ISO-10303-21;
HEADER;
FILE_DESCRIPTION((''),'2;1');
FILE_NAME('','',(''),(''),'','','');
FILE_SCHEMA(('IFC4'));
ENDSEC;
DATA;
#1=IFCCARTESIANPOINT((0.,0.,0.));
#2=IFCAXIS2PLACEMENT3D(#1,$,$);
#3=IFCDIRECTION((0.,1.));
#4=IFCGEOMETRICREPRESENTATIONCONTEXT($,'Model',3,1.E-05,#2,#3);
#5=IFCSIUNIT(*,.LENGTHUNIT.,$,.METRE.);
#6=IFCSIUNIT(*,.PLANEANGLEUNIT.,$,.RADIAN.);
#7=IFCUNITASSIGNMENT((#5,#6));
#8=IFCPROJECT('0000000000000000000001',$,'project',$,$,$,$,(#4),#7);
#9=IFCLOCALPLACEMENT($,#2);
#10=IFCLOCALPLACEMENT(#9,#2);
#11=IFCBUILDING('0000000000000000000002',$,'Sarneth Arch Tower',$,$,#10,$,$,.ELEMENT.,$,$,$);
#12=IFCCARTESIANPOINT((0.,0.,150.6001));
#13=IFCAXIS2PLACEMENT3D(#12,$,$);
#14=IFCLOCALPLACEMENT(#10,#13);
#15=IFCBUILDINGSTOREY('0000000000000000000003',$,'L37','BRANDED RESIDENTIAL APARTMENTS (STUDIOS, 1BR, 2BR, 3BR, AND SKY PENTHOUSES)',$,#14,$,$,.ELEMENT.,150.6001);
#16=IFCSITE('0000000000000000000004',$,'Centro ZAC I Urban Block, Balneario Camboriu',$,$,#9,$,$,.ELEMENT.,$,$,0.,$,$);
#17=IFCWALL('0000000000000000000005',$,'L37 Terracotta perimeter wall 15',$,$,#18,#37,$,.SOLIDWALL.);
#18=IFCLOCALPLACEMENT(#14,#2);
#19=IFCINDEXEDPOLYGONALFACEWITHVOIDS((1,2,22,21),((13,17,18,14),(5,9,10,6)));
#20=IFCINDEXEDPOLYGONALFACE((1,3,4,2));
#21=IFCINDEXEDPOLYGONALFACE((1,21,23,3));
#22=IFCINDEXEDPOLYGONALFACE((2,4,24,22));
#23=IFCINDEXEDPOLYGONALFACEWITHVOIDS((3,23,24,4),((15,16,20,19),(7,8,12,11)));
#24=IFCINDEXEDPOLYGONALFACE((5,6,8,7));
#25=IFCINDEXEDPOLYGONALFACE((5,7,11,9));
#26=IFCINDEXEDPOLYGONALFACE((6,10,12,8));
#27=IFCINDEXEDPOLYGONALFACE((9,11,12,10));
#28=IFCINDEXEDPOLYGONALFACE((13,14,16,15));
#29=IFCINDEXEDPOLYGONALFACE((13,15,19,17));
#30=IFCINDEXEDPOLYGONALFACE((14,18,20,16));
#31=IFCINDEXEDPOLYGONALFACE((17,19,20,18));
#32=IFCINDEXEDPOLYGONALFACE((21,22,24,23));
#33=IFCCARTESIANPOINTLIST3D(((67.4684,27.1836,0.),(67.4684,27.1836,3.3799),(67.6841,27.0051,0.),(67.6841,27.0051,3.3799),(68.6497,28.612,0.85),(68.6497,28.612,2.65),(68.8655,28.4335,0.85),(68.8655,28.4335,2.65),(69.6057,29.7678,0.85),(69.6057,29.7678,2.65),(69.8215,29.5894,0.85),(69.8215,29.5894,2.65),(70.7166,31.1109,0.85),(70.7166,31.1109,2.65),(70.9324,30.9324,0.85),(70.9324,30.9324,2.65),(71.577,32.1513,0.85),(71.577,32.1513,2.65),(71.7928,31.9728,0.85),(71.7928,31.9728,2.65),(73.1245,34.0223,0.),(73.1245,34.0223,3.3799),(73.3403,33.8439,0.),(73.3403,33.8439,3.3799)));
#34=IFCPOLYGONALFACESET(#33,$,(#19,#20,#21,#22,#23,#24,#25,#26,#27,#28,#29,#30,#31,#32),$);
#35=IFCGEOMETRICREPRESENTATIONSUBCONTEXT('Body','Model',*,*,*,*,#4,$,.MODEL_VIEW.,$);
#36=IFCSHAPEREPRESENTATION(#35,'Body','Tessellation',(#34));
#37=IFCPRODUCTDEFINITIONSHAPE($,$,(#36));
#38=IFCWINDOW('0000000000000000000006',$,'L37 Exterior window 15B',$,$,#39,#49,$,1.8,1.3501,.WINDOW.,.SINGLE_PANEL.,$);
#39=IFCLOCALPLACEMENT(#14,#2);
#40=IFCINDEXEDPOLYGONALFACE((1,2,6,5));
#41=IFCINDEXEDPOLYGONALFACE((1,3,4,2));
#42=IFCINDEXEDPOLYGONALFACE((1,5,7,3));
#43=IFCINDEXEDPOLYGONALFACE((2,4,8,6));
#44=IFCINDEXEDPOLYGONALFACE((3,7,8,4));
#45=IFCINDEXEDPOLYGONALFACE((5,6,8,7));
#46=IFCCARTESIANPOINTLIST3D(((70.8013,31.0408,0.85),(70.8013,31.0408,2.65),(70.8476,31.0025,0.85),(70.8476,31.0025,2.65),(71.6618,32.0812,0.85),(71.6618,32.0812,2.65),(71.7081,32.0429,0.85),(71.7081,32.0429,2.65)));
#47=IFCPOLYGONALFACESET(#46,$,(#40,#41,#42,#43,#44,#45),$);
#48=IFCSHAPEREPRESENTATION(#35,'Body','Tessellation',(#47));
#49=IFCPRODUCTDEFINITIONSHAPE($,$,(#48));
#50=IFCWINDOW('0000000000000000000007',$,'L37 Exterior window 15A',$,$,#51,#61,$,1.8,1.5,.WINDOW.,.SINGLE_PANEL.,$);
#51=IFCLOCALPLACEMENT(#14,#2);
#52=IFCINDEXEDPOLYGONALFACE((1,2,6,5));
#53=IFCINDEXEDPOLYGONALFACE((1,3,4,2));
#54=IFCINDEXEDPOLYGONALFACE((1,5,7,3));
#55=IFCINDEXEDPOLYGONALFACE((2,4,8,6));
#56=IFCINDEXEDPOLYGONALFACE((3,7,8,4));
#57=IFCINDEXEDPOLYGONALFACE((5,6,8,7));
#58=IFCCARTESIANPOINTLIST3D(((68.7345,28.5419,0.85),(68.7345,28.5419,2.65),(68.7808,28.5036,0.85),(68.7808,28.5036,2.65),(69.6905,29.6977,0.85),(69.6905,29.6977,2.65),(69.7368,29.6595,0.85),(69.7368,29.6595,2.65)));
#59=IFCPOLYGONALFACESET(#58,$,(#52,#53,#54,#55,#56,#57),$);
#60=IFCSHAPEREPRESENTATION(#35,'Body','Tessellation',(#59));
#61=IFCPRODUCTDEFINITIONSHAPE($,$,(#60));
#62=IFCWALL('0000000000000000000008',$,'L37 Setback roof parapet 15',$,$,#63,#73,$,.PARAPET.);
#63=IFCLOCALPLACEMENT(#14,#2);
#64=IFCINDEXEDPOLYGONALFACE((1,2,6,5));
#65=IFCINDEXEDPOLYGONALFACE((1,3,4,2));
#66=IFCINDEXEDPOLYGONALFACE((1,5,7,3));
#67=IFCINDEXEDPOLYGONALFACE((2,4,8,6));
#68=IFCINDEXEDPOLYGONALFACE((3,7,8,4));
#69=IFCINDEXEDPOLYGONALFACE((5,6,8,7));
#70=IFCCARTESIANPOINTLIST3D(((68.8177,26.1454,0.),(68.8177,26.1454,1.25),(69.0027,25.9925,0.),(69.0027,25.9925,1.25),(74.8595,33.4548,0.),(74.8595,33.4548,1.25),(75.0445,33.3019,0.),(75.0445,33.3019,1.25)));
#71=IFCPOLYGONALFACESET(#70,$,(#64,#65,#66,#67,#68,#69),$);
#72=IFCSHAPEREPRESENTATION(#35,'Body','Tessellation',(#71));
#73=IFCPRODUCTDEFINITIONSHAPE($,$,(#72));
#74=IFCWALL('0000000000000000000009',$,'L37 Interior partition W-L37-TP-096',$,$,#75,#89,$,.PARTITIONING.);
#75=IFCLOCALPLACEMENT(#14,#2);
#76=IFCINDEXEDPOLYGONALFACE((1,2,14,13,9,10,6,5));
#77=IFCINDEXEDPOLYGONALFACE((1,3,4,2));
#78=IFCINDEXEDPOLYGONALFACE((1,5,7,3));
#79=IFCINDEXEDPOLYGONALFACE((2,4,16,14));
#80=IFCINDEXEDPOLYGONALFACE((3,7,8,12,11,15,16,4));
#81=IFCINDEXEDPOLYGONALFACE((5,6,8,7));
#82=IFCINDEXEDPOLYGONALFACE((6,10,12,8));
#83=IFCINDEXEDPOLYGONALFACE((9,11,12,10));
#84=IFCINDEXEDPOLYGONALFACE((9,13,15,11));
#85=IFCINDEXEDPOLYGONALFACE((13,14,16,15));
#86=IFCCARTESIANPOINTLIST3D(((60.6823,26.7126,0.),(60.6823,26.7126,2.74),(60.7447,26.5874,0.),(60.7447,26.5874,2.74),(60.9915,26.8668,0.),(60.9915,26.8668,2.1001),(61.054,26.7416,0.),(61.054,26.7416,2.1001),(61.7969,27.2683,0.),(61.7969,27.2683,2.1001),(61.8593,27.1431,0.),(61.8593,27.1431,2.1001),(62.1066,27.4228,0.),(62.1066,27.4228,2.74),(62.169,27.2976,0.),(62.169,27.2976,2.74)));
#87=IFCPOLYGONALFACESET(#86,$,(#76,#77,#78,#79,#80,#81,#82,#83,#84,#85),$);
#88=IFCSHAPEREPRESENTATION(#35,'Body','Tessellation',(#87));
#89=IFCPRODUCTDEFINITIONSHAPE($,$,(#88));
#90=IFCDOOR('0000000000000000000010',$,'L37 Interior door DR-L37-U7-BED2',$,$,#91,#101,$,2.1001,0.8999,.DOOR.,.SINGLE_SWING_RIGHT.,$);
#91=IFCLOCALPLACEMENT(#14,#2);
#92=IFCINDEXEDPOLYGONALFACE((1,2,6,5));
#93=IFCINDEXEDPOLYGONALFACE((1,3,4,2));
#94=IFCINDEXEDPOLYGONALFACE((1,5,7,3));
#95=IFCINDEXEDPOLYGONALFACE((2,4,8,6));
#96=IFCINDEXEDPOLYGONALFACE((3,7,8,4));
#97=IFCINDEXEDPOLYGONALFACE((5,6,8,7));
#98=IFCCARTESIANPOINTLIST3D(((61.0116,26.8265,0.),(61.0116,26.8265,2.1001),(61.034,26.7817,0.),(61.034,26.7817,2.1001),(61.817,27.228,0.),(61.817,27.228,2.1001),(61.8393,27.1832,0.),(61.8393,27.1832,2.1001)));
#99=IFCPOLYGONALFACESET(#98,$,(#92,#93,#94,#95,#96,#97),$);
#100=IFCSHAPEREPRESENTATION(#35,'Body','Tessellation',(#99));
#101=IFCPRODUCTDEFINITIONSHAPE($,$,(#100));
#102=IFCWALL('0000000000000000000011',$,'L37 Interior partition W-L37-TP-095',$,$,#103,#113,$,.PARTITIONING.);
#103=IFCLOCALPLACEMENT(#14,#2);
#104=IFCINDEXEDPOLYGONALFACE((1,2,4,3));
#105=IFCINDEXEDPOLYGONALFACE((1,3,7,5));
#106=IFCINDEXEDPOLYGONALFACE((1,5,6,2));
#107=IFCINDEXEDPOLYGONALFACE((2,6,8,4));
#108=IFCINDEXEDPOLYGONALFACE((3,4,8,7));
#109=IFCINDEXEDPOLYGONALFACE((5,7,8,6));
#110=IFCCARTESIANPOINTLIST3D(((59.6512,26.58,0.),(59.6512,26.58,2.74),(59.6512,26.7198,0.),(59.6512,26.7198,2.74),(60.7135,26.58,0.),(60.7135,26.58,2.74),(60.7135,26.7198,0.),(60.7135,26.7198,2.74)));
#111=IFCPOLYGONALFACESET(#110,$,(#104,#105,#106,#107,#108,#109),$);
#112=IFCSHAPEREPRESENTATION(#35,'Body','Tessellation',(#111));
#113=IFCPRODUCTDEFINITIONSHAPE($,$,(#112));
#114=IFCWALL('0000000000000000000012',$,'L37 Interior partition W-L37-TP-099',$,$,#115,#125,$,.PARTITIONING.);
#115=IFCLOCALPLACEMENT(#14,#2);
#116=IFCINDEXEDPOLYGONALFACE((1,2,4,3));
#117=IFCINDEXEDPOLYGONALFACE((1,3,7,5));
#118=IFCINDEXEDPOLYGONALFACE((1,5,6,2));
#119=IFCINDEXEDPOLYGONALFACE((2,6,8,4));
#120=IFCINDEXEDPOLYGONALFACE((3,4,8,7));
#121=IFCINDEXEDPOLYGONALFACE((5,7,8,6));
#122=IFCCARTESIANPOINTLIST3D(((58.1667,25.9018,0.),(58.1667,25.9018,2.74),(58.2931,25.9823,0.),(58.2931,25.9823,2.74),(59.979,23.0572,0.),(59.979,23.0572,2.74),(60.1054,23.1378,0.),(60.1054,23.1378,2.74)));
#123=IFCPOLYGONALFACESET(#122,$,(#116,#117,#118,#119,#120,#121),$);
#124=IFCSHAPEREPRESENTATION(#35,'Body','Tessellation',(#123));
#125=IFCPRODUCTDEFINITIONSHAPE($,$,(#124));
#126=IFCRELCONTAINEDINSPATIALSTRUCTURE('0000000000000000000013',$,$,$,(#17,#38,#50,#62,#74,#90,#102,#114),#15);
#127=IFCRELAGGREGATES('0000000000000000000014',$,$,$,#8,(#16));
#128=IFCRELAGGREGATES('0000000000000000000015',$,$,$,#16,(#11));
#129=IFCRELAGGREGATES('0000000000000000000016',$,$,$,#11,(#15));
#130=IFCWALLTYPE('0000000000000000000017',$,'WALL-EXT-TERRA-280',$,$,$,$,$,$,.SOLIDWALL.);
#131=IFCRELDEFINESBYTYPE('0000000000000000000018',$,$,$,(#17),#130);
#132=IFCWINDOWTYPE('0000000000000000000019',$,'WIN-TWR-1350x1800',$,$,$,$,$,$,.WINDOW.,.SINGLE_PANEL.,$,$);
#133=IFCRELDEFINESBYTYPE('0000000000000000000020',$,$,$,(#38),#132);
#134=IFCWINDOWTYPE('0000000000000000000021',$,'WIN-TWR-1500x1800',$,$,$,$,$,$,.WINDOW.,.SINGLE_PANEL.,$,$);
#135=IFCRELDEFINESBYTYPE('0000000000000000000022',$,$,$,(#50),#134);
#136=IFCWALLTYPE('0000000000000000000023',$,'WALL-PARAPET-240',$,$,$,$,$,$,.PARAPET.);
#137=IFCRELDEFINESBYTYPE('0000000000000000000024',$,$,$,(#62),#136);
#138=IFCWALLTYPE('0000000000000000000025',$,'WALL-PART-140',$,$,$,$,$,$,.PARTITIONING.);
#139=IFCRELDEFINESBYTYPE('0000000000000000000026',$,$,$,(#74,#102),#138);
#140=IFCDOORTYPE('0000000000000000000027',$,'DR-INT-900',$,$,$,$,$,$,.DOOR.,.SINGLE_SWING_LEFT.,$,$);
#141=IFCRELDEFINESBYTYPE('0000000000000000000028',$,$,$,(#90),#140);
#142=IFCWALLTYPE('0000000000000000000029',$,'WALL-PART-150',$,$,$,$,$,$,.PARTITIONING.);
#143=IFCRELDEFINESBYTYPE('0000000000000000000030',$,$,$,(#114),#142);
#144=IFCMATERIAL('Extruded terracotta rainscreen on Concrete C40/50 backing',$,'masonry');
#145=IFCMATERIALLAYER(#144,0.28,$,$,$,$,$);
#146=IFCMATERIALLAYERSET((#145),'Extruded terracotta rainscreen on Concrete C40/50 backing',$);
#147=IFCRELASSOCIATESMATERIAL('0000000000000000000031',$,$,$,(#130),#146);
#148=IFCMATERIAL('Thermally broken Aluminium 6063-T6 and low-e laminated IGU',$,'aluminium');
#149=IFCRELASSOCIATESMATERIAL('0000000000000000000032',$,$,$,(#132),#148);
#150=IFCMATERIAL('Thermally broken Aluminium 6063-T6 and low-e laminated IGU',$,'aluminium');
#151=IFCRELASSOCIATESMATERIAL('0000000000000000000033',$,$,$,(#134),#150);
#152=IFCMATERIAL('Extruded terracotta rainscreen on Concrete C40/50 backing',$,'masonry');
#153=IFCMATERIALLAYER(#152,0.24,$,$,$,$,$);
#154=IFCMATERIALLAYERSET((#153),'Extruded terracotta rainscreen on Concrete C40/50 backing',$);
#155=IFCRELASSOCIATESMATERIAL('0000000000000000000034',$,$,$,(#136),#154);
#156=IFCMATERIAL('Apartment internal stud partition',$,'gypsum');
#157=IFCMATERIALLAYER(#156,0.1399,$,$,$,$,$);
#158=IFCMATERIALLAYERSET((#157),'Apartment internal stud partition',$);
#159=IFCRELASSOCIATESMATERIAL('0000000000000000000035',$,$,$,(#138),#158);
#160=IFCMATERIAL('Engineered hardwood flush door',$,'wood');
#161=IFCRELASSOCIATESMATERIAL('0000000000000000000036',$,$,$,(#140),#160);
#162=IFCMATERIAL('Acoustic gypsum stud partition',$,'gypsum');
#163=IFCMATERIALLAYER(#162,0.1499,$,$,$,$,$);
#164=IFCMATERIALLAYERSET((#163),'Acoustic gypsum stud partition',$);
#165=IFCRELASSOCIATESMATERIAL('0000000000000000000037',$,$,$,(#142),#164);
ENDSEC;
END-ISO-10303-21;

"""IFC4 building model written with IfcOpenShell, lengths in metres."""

from ifc_helpers import new_model, si_unit, direction, frame, frame_2d, origin, place, context, subcontext, project, spatial, rectangle, extrude, material, layer, layer_set, type_object, element, fill, save


model = new_model("IFC4")

# Units and contexts
model_context = context("Model", 3, precision=1e-05, world=origin(), true_north=direction((0.0, 1.0)))
body_context = subcontext(model_context, "Body", "Model", "MODEL_VIEW")
ifc_project = project(units=[si_unit("LENGTHUNIT", "METRE"), si_unit("PLANEANGLEUNIT", "RADIAN")], contexts=[model_context])

# Site, building, storey
site_placement = place(None, origin())
site = spatial("IfcSite", under=ifc_project, at=site_placement, Name="Centro ZAC I Urban Block, Balneario Camboriu", CompositionType="ELEMENT", RefElevation=0.0)
building_placement = place(site_placement, origin())
building = spatial("IfcBuilding", under=site, at=building_placement, Name="Sarneth Arch Tower", CompositionType="ELEMENT")
storey_placement = place(building_placement, frame((0.0, 0.0, 150.6001)))
storey = spatial("IfcBuildingStorey", under=building, at=storey_placement, Name="L37", Description="BRANDED RESIDENTIAL APARTMENTS (STUDIOS, 1BR, 2BR, 3BR, AND SKY PENTHOUSES)", CompositionType="ELEMENT", Elevation=150.6001)

# Wall, openings, windows
ifc_material_1 = material(Name="Extruded terracotta rainscreen on Concrete C40/50 backing", Category="masonry")
ifc_layer_1 = layer(ifc_material_1, 0.28)
ifc_layer_set_1 = layer_set([ifc_layer_1], Name="Extruded terracotta rainscreen on Concrete C40/50 backing")
wall_type_1 = type_object("IfcWallType", Name="WALL-EXT-TERRA-280", PredefinedType="SOLIDWALL", material=ifc_layer_set_1)
wall_1_placement = place(storey_placement, frame((67.5762, 27.0942, 0.0), z_axis=(0.0, 0.0, 1.0), x_axis=(0.637333, 0.770588, 0.0)))
wall_1 = element("IfcWall", 1, at=wall_1_placement, inside=storey, type_object=wall_type_1, Name="L37 Terracotta perimeter wall 15", PredefinedType="SOLIDWALL", context=body_context, shape_type="SweptSolid", body=[
    extrude(rectangle(XDim=8.8748, YDim=0.28, at=frame_2d((4.4375, 0.0))), origin(), (0.0, 0.0, 1.0), 3.3799),
])
opening_1_placement = place(wall_1_placement, frame((1.8538, 0.0, 0.8501)))
opening_1 = element("IfcOpeningElement", 2, at=opening_1_placement, cuts=wall_1, PredefinedType="OPENING", context=body_context, shape_type="SweptSolid", body=[
    extrude(rectangle(XDim=1.5, YDim=1.8, at=frame_2d((0.75, 0.8999))), frame((0.0, 0.1499, 0.0), z_axis=(0.0, -1.0, 0.0), x_axis=(1.0, 0.0, 0.0)), (0.0, 0.0, 1.0), 0.3),
])
opening_2_placement = place(wall_1_placement, frame((5.0967, 0.0, 0.8501)))
opening_2 = element("IfcOpeningElement", 3, at=opening_2_placement, cuts=wall_1, PredefinedType="OPENING", context=body_context, shape_type="SweptSolid", body=[
    extrude(rectangle(XDim=1.3501, YDim=1.8, at=frame_2d((0.675, 0.8999))), frame((0.0, 0.1499, 0.0), z_axis=(0.0, -1.0, 0.0), x_axis=(1.0, 0.0, 0.0)), (0.0, 0.0, 1.0), 0.3),
])
ifc_material_2 = material(Name="Thermally broken Aluminium 6063-T6 and low-e laminated IGU", Category="aluminium")
window_type_1 = type_object("IfcWindowType", Name="WIN-TWR-1350x1800", PartitioningType="SINGLE_PANEL", PredefinedType="WINDOW", material=ifc_material_2)
window_1_placement = place(opening_2_placement, origin())
window_1 = element("IfcWindow", 4, at=window_1_placement, inside=storey, type_object=window_type_1, Name="L37 Exterior window 15B", OverallHeight=1.8, OverallWidth=1.3501, PartitioningType="SINGLE_PANEL", PredefinedType="WINDOW", context=body_context, shape_type="SweptSolid", body=[
    extrude(rectangle(XDim=1.3501, YDim=1.8, at=frame_2d((0.675, 0.8999))), frame((0.0, 0.03, 0.0), z_axis=(0.0, -1.0, 0.0), x_axis=(1.0, 0.0, 0.0)), (0.0, 0.0, 1.0), 0.0601),
])
fill(opening_2, window_1)
ifc_material_3 = material(Name="Thermally broken Aluminium 6063-T6 and low-e laminated IGU", Category="aluminium")
window_type_2 = type_object("IfcWindowType", Name="WIN-TWR-1500x1800", PartitioningType="SINGLE_PANEL", PredefinedType="WINDOW", material=ifc_material_3)
window_2_placement = place(opening_1_placement, origin())
window_2 = element("IfcWindow", 5, at=window_2_placement, inside=storey, type_object=window_type_2, Name="L37 Exterior window 15A", OverallHeight=1.8, OverallWidth=1.5, PartitioningType="SINGLE_PANEL", PredefinedType="WINDOW", context=body_context, shape_type="SweptSolid", body=[
    extrude(rectangle(XDim=1.5, YDim=1.8, at=frame_2d((0.75, 0.8999))), frame((0.0, 0.03, 0.0), z_axis=(0.0, -1.0, 0.0), x_axis=(1.0, 0.0, 0.0)), (0.0, 0.0, 1.0), 0.0601),
])
fill(opening_1, window_2)

# Wall
ifc_material_4 = material(Name="Extruded terracotta rainscreen on Concrete C40/50 backing", Category="masonry")
ifc_layer_2 = layer(ifc_material_4, 0.24)
ifc_layer_set_2 = layer_set([ifc_layer_2], Name="Extruded terracotta rainscreen on Concrete C40/50 backing")
wall_type_2 = type_object("IfcWallType", Name="WALL-PARAPET-240", PredefinedType="PARAPET", material=ifc_layer_set_2)
wall_2_placement = place(storey_placement, frame((68.9102, 26.0688, 0.0), z_axis=(0.0, 0.0, 1.0), x_axis=(0.637108, 0.770775, 0.0)))
element("IfcWall", 6, at=wall_2_placement, inside=storey, type_object=wall_type_2, Name="L37 Setback roof parapet 15", PredefinedType="PARAPET", context=body_context, shape_type="SweptSolid", body=[
    extrude(rectangle(XDim=9.4832, YDim=0.24, at=frame_2d((4.7417, 0.0))), origin(), (0.0, 0.0, 1.0), 1.25),
])

# Wall, opening, door
ifc_material_5 = material(Name="Apartment internal stud partition", Category="gypsum")
ifc_layer_3 = layer(ifc_material_5, 0.1399)
ifc_layer_set_3 = layer_set([ifc_layer_3], Name="Apartment internal stud partition")
wall_type_3 = type_object("IfcWallType", Name="WALL-PART-140", PredefinedType="PARTITIONING", material=ifc_layer_set_3)
wall_3_placement = place(storey_placement, frame((60.7134, 26.6499, 0.0), z_axis=(0.0, 0.0, 1.0), x_axis=(0.894918, 0.446232, 0.0)))
wall_3 = element("IfcWall", 7, at=wall_3_placement, inside=storey, type_object=wall_type_3, Name="L37 Interior partition W-L37-TP-096", PredefinedType="PARTITIONING", context=body_context, shape_type="SweptSolid", body=[
    extrude(rectangle(XDim=1.5916, YDim=0.1399, at=frame_2d((0.7959, 0.0))), origin(), (0.0, 0.0, 1.0), 2.74),
])
opening_3_placement = place(wall_3_placement, frame((0.3457, 0.0, 0.0)))
opening_3 = element("IfcOpeningElement", 8, at=opening_3_placement, cuts=wall_3, PredefinedType="OPENING", context=body_context, shape_type="SweptSolid", body=[
    extrude(rectangle(XDim=0.8999, YDim=2.1001, at=frame_2d((0.45, 1.05))), frame((0.0, 0.0798, 0.0), z_axis=(0.0, -1.0, 0.0), x_axis=(1.0, 0.0, 0.0)), (0.0, 0.0, 1.0), 0.1599),
])
ifc_material_6 = material(Name="Engineered hardwood flush door", Category="wood")
door_type = type_object("IfcDoorType", Name="DR-INT-900", OperationType="SINGLE_SWING_LEFT", PredefinedType="DOOR", material=ifc_material_6)
door_placement = place(opening_3_placement, origin())
door = element("IfcDoor", 9, at=door_placement, inside=storey, type_object=door_type, Name="L37 Interior door DR-L37-U7-BED2", OperationType="SINGLE_SWING_RIGHT", OverallHeight=2.1001, OverallWidth=0.8999, PredefinedType="DOOR", context=body_context, shape_type="SweptSolid", body=[
    extrude(rectangle(XDim=0.8999, YDim=2.1001, at=frame_2d((0.45, 1.05))), frame((0.0, 0.0249, 0.0), z_axis=(0.0, -1.0, 0.0), x_axis=(1.0, 0.0, 0.0)), (0.0, 0.0, 1.0), 0.05),
])
fill(opening_3, door)

# Walls
wall_4_placement = place(storey_placement, frame((59.6511, 26.6499, 0.0), z_axis=(0.0, 0.0, 1.0), x_axis=(1.0, 0.0, 0.0)))
element("IfcWall", 10, at=wall_4_placement, inside=storey, type_object=wall_type_3, Name="L37 Interior partition W-L37-TP-095", PredefinedType="PARTITIONING", context=body_context, shape_type="SweptSolid", body=[
    extrude(rectangle(XDim=1.0623, YDim=0.1399, at=frame_2d((0.5312, 0.0))), origin(), (0.0, 0.0, 1.0), 2.74),
])
ifc_material_7 = material(Name="Acoustic gypsum stud partition", Category="gypsum")
ifc_layer_4 = layer(ifc_material_7, 0.1499)
ifc_layer_set_4 = layer_set([ifc_layer_4], Name="Acoustic gypsum stud partition")
wall_type_4 = type_object("IfcWallType", Name="WALL-PART-150", PredefinedType="PARTITIONING", material=ifc_layer_set_4)
wall_5_placement = place(storey_placement, frame((60.0422, 23.0974, 0.0), z_axis=(0.0, 0.0, 1.0), x_axis=(-0.537325, 0.843375, 0.0)))
element("IfcWall", 11, at=wall_5_placement, inside=storey, type_object=wall_type_4, Name="L37 Interior partition W-L37-TP-099", PredefinedType="PARTITIONING", context=body_context, shape_type="SweptSolid", body=[
    extrude(rectangle(XDim=3.3728, YDim=0.1499, at=frame_2d((1.6865, 0.0))), origin(), (0.0, 0.0, 1.0), 2.74),
])

save(model, "model.ifc")
